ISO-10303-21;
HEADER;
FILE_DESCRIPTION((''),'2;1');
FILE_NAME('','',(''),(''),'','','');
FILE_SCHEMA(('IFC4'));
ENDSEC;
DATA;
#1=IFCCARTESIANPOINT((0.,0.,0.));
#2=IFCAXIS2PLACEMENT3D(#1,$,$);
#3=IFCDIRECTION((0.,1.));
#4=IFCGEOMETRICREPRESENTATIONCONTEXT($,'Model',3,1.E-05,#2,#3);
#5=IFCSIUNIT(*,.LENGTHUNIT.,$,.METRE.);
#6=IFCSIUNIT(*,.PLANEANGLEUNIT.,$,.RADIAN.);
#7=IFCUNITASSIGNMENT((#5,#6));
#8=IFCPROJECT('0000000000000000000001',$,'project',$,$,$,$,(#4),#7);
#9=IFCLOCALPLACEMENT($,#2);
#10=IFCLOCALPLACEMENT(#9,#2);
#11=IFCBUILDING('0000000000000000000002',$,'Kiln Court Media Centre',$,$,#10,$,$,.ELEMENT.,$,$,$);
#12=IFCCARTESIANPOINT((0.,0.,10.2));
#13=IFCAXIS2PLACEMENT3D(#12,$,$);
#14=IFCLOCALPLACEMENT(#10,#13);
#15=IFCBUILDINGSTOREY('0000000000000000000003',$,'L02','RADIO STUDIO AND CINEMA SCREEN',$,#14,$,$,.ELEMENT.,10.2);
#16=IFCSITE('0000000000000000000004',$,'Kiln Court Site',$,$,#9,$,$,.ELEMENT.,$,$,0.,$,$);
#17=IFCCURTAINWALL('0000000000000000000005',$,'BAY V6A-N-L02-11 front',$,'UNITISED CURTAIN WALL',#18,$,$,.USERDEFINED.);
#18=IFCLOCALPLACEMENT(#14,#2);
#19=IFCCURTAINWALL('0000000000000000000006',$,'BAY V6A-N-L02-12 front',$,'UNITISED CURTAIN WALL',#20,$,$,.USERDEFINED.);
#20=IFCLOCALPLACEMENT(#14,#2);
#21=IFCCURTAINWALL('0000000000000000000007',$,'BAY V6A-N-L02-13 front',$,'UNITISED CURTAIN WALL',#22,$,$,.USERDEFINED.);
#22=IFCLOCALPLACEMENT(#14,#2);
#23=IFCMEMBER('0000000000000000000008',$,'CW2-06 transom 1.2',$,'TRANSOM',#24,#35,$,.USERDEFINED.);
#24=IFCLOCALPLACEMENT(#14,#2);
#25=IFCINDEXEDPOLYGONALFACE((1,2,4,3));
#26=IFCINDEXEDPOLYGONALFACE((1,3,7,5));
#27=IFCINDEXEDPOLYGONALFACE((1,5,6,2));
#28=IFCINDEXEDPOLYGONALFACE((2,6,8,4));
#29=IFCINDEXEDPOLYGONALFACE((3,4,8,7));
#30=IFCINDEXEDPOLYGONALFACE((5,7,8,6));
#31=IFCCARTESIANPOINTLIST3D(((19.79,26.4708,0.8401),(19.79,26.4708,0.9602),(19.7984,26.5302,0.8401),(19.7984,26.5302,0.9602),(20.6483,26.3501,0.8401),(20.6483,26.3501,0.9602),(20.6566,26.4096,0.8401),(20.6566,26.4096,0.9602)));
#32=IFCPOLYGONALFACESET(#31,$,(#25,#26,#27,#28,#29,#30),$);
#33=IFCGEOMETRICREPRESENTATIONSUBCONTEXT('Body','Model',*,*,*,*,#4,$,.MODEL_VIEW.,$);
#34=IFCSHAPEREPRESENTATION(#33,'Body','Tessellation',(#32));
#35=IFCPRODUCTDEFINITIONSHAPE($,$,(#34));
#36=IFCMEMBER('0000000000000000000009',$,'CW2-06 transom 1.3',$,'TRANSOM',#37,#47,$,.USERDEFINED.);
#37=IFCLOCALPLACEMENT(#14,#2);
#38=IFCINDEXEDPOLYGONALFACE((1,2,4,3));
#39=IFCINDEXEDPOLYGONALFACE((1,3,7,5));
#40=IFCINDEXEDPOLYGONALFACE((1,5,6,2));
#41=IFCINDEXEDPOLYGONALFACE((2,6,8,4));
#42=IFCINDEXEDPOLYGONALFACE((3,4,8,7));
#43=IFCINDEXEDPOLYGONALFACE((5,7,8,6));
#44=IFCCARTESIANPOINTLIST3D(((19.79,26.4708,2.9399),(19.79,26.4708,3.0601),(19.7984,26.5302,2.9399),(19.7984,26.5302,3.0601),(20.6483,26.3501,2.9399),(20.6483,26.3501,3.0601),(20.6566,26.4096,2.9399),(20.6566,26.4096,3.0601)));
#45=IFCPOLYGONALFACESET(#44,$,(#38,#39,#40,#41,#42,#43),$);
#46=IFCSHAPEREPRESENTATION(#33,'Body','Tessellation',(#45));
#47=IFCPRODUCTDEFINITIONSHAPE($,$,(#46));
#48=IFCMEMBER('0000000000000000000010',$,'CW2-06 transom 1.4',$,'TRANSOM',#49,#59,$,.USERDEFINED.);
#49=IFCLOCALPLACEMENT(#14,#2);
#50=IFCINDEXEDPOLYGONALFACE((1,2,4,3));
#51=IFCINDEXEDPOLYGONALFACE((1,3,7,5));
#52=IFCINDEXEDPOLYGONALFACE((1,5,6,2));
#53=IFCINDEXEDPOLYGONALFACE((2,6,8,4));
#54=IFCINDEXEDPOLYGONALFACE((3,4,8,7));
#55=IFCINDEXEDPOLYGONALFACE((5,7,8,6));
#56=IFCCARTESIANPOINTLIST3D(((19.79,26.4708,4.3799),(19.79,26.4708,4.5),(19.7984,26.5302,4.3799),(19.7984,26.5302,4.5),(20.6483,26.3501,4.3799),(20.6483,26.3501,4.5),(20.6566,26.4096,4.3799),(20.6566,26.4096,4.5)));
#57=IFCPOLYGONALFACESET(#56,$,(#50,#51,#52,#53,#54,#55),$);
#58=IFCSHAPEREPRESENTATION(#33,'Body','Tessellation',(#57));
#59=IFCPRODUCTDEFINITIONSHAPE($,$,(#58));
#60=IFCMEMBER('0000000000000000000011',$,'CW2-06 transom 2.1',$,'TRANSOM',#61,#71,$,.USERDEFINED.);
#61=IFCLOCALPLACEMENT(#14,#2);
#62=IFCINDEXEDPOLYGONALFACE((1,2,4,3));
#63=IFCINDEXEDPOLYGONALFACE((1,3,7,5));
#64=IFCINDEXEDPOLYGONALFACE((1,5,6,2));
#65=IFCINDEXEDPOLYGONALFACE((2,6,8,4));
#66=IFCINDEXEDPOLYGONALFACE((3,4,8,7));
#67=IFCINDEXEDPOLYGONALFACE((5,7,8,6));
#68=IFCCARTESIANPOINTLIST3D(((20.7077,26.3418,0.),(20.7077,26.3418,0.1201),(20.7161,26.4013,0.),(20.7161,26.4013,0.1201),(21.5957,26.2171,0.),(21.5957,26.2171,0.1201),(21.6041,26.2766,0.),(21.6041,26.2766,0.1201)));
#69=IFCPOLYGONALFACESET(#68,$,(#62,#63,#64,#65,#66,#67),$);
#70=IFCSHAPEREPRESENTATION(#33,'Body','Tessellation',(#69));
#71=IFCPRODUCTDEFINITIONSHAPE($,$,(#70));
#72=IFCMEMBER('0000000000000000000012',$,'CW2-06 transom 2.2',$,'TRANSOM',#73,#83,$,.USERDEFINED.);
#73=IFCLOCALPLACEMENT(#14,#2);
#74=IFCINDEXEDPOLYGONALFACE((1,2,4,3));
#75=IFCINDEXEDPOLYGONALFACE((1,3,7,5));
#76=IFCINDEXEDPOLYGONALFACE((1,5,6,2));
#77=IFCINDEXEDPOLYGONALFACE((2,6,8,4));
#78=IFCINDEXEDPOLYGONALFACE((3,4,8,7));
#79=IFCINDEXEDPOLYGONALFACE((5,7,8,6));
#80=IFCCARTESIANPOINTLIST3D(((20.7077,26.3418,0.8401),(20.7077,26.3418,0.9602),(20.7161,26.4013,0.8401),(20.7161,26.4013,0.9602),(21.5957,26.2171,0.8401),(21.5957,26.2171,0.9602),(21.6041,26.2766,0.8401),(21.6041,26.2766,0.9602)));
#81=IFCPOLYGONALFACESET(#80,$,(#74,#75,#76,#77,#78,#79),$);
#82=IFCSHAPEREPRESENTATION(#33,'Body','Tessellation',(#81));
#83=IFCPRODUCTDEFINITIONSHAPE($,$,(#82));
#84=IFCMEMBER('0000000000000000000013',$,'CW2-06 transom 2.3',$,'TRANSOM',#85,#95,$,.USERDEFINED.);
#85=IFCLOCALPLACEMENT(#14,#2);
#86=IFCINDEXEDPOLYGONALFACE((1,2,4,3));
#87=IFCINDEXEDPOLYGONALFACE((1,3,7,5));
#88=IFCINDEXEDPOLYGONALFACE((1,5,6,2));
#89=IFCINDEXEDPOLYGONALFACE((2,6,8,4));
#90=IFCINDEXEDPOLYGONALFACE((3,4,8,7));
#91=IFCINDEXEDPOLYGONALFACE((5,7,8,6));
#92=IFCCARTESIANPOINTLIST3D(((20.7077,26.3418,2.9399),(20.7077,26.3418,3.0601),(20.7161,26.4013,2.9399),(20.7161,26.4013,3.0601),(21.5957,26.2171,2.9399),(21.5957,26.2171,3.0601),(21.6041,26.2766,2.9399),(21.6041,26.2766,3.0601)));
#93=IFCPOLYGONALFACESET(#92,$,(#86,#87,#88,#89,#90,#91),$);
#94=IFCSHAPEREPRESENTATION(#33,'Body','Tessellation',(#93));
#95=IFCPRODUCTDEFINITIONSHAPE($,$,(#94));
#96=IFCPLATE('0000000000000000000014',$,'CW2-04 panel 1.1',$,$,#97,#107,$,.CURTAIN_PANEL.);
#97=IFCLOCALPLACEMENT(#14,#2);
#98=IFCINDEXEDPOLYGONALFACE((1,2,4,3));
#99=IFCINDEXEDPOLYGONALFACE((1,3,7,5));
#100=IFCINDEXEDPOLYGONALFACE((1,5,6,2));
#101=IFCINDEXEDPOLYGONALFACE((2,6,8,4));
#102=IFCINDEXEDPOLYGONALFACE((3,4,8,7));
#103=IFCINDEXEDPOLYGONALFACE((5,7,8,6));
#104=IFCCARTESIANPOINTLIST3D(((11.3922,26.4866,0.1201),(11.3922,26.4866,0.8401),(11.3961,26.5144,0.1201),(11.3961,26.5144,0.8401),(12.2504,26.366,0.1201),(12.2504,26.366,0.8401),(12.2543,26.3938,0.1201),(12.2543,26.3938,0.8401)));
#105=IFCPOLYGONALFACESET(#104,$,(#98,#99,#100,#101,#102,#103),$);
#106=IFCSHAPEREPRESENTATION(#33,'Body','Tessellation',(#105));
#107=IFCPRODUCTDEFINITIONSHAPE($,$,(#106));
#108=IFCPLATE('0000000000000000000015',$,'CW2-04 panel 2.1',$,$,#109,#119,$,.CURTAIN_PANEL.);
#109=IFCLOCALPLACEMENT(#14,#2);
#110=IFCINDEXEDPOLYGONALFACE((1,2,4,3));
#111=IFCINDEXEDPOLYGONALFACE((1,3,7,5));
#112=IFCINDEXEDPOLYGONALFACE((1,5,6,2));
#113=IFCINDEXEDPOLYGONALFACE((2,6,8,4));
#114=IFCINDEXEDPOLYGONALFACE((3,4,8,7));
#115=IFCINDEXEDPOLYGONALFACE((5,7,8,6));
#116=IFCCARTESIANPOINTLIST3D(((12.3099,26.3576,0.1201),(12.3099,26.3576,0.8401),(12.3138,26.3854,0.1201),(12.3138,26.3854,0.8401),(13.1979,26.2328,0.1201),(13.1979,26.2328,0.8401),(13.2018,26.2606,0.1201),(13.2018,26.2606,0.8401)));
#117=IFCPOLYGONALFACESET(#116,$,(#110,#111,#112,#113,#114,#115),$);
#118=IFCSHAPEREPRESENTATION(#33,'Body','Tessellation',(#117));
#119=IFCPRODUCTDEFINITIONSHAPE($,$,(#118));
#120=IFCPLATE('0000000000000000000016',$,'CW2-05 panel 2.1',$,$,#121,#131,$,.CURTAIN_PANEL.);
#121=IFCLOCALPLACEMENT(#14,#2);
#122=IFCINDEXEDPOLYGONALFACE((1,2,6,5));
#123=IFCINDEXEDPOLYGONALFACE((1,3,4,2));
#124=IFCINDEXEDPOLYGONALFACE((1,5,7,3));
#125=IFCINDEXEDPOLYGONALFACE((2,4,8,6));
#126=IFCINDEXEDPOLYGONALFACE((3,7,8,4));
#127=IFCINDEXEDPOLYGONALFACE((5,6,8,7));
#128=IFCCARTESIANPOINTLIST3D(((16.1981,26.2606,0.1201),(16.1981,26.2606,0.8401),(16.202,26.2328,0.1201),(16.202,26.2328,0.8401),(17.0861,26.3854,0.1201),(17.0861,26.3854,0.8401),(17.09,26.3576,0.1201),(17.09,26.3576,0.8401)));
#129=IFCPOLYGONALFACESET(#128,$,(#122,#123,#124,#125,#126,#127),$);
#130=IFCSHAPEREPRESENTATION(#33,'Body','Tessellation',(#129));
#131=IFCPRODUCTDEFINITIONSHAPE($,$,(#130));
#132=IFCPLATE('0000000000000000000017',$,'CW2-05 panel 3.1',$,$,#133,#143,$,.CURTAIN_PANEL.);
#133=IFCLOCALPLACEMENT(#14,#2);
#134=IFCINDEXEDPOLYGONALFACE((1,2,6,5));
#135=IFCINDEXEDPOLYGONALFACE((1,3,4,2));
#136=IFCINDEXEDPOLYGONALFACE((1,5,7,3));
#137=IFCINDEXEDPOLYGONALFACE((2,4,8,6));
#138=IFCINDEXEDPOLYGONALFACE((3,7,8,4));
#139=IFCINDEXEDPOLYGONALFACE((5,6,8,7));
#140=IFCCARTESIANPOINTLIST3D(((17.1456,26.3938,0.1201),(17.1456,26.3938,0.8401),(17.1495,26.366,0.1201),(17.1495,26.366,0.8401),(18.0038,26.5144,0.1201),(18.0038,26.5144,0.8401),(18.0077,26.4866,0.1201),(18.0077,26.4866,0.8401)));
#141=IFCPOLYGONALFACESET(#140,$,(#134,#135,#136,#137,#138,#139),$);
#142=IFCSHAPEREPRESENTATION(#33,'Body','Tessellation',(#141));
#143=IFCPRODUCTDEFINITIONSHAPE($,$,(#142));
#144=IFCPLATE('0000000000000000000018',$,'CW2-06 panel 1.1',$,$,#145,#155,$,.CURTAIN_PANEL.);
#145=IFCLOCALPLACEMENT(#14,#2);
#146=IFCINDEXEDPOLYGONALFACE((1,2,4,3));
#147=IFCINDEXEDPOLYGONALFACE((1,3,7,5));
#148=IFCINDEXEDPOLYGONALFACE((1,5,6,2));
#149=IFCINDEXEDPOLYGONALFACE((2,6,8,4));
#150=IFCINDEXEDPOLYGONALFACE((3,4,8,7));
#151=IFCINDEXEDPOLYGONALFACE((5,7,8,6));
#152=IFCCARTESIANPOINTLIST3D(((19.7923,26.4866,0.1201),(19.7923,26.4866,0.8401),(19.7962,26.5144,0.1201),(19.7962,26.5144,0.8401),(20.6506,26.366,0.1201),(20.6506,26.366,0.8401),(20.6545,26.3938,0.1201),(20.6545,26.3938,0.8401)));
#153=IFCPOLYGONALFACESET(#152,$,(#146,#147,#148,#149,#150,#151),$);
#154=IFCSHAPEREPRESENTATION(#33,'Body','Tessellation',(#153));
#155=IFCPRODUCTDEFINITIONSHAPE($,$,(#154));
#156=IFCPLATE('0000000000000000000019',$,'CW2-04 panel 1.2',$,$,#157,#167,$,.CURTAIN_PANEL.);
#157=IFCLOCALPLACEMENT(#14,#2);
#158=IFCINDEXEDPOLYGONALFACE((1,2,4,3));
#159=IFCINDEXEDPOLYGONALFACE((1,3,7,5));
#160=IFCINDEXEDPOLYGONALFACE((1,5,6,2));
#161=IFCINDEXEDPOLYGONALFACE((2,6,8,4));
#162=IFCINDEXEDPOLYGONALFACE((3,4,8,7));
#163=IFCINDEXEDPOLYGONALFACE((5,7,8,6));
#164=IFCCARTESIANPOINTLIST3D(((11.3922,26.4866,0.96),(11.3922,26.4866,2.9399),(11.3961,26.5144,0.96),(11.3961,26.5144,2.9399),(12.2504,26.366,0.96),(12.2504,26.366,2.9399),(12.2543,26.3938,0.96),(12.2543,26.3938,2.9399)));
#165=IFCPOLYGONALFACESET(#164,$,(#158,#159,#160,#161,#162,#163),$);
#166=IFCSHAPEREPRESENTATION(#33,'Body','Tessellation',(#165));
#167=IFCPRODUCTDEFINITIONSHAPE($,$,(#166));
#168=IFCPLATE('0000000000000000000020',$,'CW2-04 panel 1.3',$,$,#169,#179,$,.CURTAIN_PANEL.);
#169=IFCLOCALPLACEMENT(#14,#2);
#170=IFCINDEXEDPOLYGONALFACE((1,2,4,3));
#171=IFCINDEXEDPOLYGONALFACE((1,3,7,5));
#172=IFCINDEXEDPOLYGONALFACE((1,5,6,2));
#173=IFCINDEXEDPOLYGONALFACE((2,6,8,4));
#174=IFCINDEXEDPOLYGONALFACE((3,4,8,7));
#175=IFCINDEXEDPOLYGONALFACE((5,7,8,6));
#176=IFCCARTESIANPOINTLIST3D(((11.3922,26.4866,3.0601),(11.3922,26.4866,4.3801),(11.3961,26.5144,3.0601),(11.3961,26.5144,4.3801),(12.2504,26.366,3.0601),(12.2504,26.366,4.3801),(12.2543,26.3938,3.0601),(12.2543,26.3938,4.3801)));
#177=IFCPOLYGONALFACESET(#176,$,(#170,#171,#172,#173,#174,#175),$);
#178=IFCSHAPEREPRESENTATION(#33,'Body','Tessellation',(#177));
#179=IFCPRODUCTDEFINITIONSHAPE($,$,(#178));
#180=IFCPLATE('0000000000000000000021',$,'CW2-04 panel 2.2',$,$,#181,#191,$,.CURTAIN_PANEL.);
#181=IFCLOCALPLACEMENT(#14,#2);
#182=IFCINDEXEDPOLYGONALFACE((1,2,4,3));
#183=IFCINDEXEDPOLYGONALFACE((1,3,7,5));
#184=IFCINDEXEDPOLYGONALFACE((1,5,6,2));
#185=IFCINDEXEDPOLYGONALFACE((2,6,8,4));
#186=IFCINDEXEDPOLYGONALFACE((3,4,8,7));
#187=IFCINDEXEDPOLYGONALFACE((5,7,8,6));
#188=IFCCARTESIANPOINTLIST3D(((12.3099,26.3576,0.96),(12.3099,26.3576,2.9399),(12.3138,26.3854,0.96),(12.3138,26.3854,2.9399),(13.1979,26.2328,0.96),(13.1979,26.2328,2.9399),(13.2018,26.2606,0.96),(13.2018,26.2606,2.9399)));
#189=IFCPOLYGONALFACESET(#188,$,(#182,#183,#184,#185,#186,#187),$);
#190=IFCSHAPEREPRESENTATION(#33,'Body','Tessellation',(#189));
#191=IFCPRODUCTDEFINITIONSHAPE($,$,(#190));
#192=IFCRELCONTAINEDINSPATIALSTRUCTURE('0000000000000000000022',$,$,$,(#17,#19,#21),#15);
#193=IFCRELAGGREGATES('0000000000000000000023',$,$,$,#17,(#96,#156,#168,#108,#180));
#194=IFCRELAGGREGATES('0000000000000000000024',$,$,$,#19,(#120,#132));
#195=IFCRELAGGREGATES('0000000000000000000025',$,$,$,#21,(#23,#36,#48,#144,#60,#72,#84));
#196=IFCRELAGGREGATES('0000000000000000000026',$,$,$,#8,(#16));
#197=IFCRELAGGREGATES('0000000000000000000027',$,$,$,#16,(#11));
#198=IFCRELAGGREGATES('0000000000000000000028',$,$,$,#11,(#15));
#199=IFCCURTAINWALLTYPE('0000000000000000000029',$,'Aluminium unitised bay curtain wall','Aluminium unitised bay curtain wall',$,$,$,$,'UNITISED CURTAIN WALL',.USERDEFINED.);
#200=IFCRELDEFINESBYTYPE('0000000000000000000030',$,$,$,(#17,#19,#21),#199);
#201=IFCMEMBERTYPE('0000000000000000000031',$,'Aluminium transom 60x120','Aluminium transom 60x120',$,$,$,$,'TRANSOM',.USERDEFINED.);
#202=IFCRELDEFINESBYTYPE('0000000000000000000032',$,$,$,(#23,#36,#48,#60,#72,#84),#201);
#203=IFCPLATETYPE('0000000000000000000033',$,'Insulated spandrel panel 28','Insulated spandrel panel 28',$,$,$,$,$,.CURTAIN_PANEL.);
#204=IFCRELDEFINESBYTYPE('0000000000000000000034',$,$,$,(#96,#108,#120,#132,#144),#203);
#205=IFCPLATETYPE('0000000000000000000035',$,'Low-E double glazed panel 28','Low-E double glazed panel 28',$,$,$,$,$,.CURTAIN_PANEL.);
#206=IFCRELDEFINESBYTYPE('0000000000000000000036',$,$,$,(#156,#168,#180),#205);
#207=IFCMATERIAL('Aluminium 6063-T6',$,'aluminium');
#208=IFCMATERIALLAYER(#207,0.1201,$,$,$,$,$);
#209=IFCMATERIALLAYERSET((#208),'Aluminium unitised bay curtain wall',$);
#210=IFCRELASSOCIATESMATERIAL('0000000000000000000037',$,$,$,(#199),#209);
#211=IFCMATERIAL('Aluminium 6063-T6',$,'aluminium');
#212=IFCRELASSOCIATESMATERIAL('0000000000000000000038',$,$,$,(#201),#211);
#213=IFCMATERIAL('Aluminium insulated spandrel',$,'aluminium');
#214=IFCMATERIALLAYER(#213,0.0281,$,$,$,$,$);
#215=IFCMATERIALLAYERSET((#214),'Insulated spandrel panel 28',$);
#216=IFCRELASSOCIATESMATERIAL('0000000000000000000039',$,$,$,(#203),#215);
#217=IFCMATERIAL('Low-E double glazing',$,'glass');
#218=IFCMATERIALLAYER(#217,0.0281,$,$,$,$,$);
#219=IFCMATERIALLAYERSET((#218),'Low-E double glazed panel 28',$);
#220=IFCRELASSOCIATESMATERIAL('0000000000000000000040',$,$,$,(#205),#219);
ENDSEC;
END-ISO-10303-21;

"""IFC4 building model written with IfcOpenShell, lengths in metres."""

from ifc_helpers import new_model, si_unit, direction, frame, origin, origin_2d, place, context, subcontext, project, spatial, rectangle, extrude, material, layer, layer_set, material_profile, profile_set, type_object, element, aggregate, save


model = new_model("IFC4")

# Units and contexts
model_context = context("Model", 3, precision=1e-05, world=origin(), true_north=direction((0.0, 1.0)))
body_context = subcontext(model_context, "Body", "Model", "MODEL_VIEW")
ifc_project = project(units=[si_unit("LENGTHUNIT", "METRE"), si_unit("PLANEANGLEUNIT", "RADIAN")], contexts=[model_context])

# Site, building, storey
site_placement = place(None, origin())
site = spatial("IfcSite", under=ifc_project, at=site_placement, Name="Kiln Court Site", CompositionType="ELEMENT", RefElevation=0.0)
building_placement = place(site_placement, origin())
building = spatial("IfcBuilding", under=site, at=building_placement, Name="Kiln Court Media Centre", CompositionType="ELEMENT")
storey_placement = place(building_placement, frame((0.0, 0.0, 10.2)))
storey = spatial("IfcBuildingStorey", under=building, at=storey_placement, Name="L02", Description="RADIO STUDIO AND CINEMA SCREEN", CompositionType="ELEMENT", Elevation=10.2)

# Curtain wall
ifc_material_1 = material(Name="Aluminium 6063-T6", Category="aluminium")
ifc_layer_1 = layer(ifc_material_1, 0.1201)
ifc_layer_set_1 = layer_set([ifc_layer_1], Name="Aluminium unitised bay curtain wall")
curtain_wall_type = type_object("IfcCurtainWallType", Name="Aluminium unitised bay curtain wall", Description="Aluminium unitised bay curtain wall", ElementType="UNITISED CURTAIN WALL", PredefinedType="USERDEFINED", material=ifc_layer_set_1)
curtain_wall_1_placement = place(storey_placement, origin())
curtain_wall_1 = element("IfcCurtainWall", 1, at=curtain_wall_1_placement, inside=storey, type_object=curtain_wall_type, Name="BAY V6A-N-L02-11 front", ObjectType="UNITISED CURTAIN WALL", PredefinedType="USERDEFINED")

# Curtain walls
curtain_wall_2_placement = place(storey_placement, origin())
curtain_wall_2 = element("IfcCurtainWall", 2, at=curtain_wall_2_placement, inside=storey, type_object=curtain_wall_type, Name="BAY V6A-N-L02-12 front", ObjectType="UNITISED CURTAIN WALL", PredefinedType="USERDEFINED")
curtain_wall_3_placement = place(storey_placement, origin())
curtain_wall_3 = element("IfcCurtainWall", 3, at=curtain_wall_3_placement, inside=storey, type_object=curtain_wall_type, Name="BAY V6A-N-L02-13 front", ObjectType="UNITISED CURTAIN WALL", PredefinedType="USERDEFINED")

# Members
ifc_material_2 = material(Name="Aluminium 6063-T6", Category="aluminium")
ifc_material_profile_1 = material_profile(ifc_material_2, rectangle(XDim=0.0601, YDim=0.1201, at=origin_2d()), Name="Aluminium transom 60x120")
ifc_profile_set_1 = profile_set([ifc_material_profile_1], Name="Aluminium 6063-T6")
member_type_1 = type_object("IfcMemberType", Name="Aluminium transom 60x120", Description="Aluminium transom 60x120", ElementType="TRANSOM", PredefinedType="USERDEFINED", material=ifc_profile_set_1)
member_1_placement = place(storey_placement, frame((19.7942, 26.5005, 0.9001), z_axis=(0.990268, -0.139173, 0.0), x_axis=(0.139173, 0.990268, 0.0)))
member_1 = element("IfcMember", 4, at=member_1_placement, type_object=member_type_1, Name="CW2-06 transom 1.2", ObjectType="TRANSOM", PredefinedType="USERDEFINED", context=body_context, shape_type="SweptSolid", body=[
    extrude(rectangle(XDim=0.0601, YDim=0.1201, at=origin_2d()), origin(), (0.0, 0.0, 1.0), 0.8667),
])
member_2_placement = place(storey_placement, frame((19.7942, 26.5005, 3.0), z_axis=(0.990268, -0.139173, 0.0), x_axis=(0.139173, 0.990268, 0.0)))
member_2 = element("IfcMember", 5, at=member_2_placement, type_object=member_type_1, Name="CW2-06 transom 1.3", ObjectType="TRANSOM", PredefinedType="USERDEFINED", context=body_context, shape_type="SweptSolid", body=[
    extrude(rectangle(XDim=0.0601, YDim=0.1201, at=origin_2d()), origin(), (0.0, 0.0, 1.0), 0.8667),
])
member_3_placement = place(storey_placement, frame((19.7942, 26.5005, 4.4399), z_axis=(0.990268, -0.139173, 0.0), x_axis=(0.139173, 0.990268, 0.0)))
member_3 = element("IfcMember", 6, at=member_3_placement, type_object=member_type_1, Name="CW2-06 transom 1.4", ObjectType="TRANSOM", PredefinedType="USERDEFINED", context=body_context, shape_type="SweptSolid", body=[
    extrude(rectangle(XDim=0.0601, YDim=0.1201, at=origin_2d()), origin(), (0.0, 0.0, 1.0), 0.8667),
])
member_4_placement = place(storey_placement, frame((20.7119, 26.3716, 0.0601), z_axis=(0.990274, -0.139134, 0.0), x_axis=(0.139134, 0.990274, 0.0)))
member_4 = element("IfcMember", 7, at=member_4_placement, type_object=member_type_1, Name="CW2-06 transom 2.1", ObjectType="TRANSOM", PredefinedType="USERDEFINED", context=body_context, shape_type="SweptSolid", body=[
    extrude(rectangle(XDim=0.0601, YDim=0.1201, at=origin_2d()), origin(), (0.0, 0.0, 1.0), 0.8967),
])
member_5_placement = place(storey_placement, frame((20.7119, 26.3716, 0.9001), z_axis=(0.990274, -0.139134, 0.0), x_axis=(0.139134, 0.990274, 0.0)))
member_5 = element("IfcMember", 8, at=member_5_placement, type_object=member_type_1, Name="CW2-06 transom 2.2", ObjectType="TRANSOM", PredefinedType="USERDEFINED", context=body_context, shape_type="SweptSolid", body=[
    extrude(rectangle(XDim=0.0601, YDim=0.1201, at=origin_2d()), origin(), (0.0, 0.0, 1.0), 0.8967),
])
member_6_placement = place(storey_placement, frame((20.7119, 26.3716, 3.0), z_axis=(0.990274, -0.139134, 0.0), x_axis=(0.139134, 0.990274, 0.0)))
member_6 = element("IfcMember", 9, at=member_6_placement, type_object=member_type_1, Name="CW2-06 transom 2.3", ObjectType="TRANSOM", PredefinedType="USERDEFINED", context=body_context, shape_type="SweptSolid", body=[
    extrude(rectangle(XDim=0.0601, YDim=0.1201, at=origin_2d()), origin(), (0.0, 0.0, 1.0), 0.8967),
])

# Plates
ifc_material_3 = material(Name="Aluminium insulated spandrel", Category="aluminium")
ifc_layer_2 = layer(ifc_material_3, 0.0281)
ifc_layer_set_2 = layer_set([ifc_layer_2], Name="Insulated spandrel panel 28")
plate_type_1 = type_object("IfcPlateType", Name="Insulated spandrel panel 28", Description="Insulated spandrel panel 28", PredefinedType="CURTAIN_PANEL", material=ifc_layer_set_2)
plate_1_placement = place(storey_placement, frame((11.8232, 26.4402, 0.1201), z_axis=(0.0, 0.0, 1.0), x_axis=(0.99027, -0.139162, 0.0)))
plate_1 = element("IfcPlate", 10, at=plate_1_placement, type_object=plate_type_1, Name="CW2-04 panel 1.1", PredefinedType="CURTAIN_PANEL", context=body_context, shape_type="SweptSolid", body=[
    extrude(rectangle(XDim=0.8667, YDim=0.0281, at=origin_2d()), origin(), (0.0, 0.0, 1.0), 0.72),
])
plate_2_placement = place(storey_placement, frame((12.7559, 26.3091, 0.1201), z_axis=(0.0, 0.0, 1.0), x_axis=(0.99027, -0.139162, 0.0)))
plate_2 = element("IfcPlate", 11, at=plate_2_placement, type_object=plate_type_1, Name="CW2-04 panel 2.1", PredefinedType="CURTAIN_PANEL", context=body_context, shape_type="SweptSolid", body=[
    extrude(rectangle(XDim=0.8967, YDim=0.0281, at=origin_2d()), origin(), (0.0, 0.0, 1.0), 0.72),
])
plate_3_placement = place(storey_placement, frame((16.644, 26.3091, 0.1201), z_axis=(0.0, 0.0, 1.0), x_axis=(0.99027, 0.139162, 0.0)))
plate_3 = element("IfcPlate", 12, at=plate_3_placement, type_object=plate_type_1, Name="CW2-05 panel 2.1", PredefinedType="CURTAIN_PANEL", context=body_context, shape_type="SweptSolid", body=[
    extrude(rectangle(XDim=0.8967, YDim=0.0281, at=origin_2d()), origin(), (0.0, 0.0, 1.0), 0.72),
])
plate_4_placement = place(storey_placement, frame((17.5767, 26.4402, 0.1201), z_axis=(0.0, 0.0, 1.0), x_axis=(0.99027, 0.139162, 0.0)))
plate_4 = element("IfcPlate", 13, at=plate_4_placement, type_object=plate_type_1, Name="CW2-05 panel 3.1", PredefinedType="CURTAIN_PANEL", context=body_context, shape_type="SweptSolid", body=[
    extrude(rectangle(XDim=0.8667, YDim=0.0281, at=origin_2d()), origin(), (0.0, 0.0, 1.0), 0.72),
])
plate_5_placement = place(storey_placement, frame((20.2234, 26.4402, 0.1201), z_axis=(0.0, 0.0, 1.0), x_axis=(0.99027, -0.139162, 0.0)))
plate_5 = element("IfcPlate", 14, at=plate_5_placement, type_object=plate_type_1, Name="CW2-06 panel 1.1", PredefinedType="CURTAIN_PANEL", context=body_context, shape_type="SweptSolid", body=[
    extrude(rectangle(XDim=0.8667, YDim=0.0281, at=origin_2d()), origin(), (0.0, 0.0, 1.0), 0.72),
])
ifc_material_4 = material(Name="Low-E double glazing", Category="glass")
ifc_layer_3 = layer(ifc_material_4, 0.0281)
ifc_layer_set_3 = layer_set([ifc_layer_3], Name="Low-E double glazed panel 28")
plate_type_2 = type_object("IfcPlateType", Name="Low-E double glazed panel 28", Description="Low-E double glazed panel 28", PredefinedType="CURTAIN_PANEL", material=ifc_layer_set_3)
plate_6_placement = place(storey_placement, frame((11.8232, 26.4402, 0.96), z_axis=(0.0, 0.0, 1.0), x_axis=(0.99027, -0.139162, 0.0)))
plate_6 = element("IfcPlate", 15, at=plate_6_placement, type_object=plate_type_2, Name="CW2-04 panel 1.2", PredefinedType="CURTAIN_PANEL", context=body_context, shape_type="SweptSolid", body=[
    extrude(rectangle(XDim=0.8667, YDim=0.0281, at=origin_2d()), origin(), (0.0, 0.0, 1.0), 1.98),
])
plate_7_placement = place(storey_placement, frame((11.8232, 26.4402, 3.0601), z_axis=(0.0, 0.0, 1.0), x_axis=(0.99027, -0.139162, 0.0)))
plate_7 = element("IfcPlate", 16, at=plate_7_placement, type_object=plate_type_2, Name="CW2-04 panel 1.3", PredefinedType="CURTAIN_PANEL", context=body_context, shape_type="SweptSolid", body=[
    extrude(rectangle(XDim=0.8667, YDim=0.0281, at=origin_2d()), origin(), (0.0, 0.0, 1.0), 1.3201),
])
plate_8_placement = place(storey_placement, frame((12.7559, 26.3091, 0.96), z_axis=(0.0, 0.0, 1.0), x_axis=(0.99027, -0.139162, 0.0)))
plate_8 = element("IfcPlate", 17, at=plate_8_placement, type_object=plate_type_2, Name="CW2-04 panel 2.2", PredefinedType="CURTAIN_PANEL", context=body_context, shape_type="SweptSolid", body=[
    extrude(rectangle(XDim=0.8967, YDim=0.0281, at=origin_2d()), origin(), (0.0, 0.0, 1.0), 1.98),
])
aggregate(curtain_wall_1, [plate_1, plate_6, plate_7, plate_2, plate_8])
aggregate(curtain_wall_2, [plate_3, plate_4])
aggregate(curtain_wall_3, [member_1, member_2, member_3, plate_5, member_4, member_5, member_6])

save(model, "model.ifc")
